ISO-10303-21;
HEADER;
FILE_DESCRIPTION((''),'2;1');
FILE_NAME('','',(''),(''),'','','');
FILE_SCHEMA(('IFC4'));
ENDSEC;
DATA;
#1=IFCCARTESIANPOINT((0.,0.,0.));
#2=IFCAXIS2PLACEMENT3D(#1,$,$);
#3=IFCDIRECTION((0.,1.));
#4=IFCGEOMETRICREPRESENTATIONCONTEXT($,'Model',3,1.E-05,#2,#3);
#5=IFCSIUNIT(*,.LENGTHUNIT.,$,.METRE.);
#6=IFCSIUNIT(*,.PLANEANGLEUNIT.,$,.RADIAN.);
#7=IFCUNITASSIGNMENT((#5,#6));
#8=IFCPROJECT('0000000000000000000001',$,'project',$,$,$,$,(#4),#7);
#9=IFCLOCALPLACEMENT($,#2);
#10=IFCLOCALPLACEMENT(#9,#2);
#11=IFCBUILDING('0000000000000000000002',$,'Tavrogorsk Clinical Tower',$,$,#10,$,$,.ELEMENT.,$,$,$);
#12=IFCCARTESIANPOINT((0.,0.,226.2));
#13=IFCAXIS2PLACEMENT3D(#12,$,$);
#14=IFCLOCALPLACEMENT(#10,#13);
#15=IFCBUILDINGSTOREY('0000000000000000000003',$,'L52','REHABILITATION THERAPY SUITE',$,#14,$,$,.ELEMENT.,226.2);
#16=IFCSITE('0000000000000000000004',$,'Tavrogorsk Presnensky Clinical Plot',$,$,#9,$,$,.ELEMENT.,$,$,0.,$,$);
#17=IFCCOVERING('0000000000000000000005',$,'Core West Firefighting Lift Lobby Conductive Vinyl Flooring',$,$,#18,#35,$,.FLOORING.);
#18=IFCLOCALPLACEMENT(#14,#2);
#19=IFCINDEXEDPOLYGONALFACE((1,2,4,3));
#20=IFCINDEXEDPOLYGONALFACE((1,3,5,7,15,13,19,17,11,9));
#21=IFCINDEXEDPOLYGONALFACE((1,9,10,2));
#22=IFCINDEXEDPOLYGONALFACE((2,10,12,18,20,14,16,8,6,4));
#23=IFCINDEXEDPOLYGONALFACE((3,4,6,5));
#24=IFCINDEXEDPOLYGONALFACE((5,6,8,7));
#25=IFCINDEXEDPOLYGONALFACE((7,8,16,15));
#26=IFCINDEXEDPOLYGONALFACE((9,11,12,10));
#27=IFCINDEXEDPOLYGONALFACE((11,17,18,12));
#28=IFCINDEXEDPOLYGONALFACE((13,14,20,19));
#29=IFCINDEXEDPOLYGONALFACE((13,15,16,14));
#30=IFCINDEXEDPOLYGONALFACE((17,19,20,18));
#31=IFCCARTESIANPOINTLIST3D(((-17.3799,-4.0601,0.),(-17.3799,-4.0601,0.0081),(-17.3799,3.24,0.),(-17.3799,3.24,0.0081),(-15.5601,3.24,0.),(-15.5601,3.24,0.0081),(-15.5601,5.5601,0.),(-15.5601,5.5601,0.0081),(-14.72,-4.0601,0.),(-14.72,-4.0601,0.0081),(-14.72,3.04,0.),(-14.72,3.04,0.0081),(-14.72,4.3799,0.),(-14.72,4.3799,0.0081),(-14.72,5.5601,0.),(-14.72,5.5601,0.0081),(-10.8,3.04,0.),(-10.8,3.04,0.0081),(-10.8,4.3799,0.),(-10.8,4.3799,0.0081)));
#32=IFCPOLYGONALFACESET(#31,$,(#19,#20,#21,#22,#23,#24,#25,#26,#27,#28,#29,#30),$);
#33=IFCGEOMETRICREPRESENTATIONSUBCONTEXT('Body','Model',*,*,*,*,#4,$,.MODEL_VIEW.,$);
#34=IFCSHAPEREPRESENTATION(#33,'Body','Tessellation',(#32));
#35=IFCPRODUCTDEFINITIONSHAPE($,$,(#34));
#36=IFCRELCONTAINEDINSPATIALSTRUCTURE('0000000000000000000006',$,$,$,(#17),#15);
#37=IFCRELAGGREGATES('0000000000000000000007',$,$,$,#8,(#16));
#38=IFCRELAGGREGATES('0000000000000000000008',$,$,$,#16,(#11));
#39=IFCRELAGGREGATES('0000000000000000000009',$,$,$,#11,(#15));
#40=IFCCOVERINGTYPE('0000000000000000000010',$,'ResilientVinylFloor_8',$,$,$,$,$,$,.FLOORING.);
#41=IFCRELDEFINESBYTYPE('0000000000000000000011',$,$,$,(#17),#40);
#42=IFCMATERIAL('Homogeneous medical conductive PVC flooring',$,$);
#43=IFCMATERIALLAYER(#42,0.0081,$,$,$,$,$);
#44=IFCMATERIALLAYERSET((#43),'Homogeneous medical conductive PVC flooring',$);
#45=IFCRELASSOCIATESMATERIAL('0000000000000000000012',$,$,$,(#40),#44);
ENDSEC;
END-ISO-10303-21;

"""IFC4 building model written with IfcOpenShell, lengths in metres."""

from ifc_helpers import new_model, si_unit, direction, frame, origin, place, context, subcontext, project, spatial, polyline, outline, extrude, material, layer, layer_set, type_object, element, save


model = new_model("IFC4")

# Units and contexts
model_context = context("Model", 3, precision=1e-05, world=origin(), true_north=direction((0.0, 1.0)))
body_context = subcontext(model_context, "Body", "Model", "MODEL_VIEW")
ifc_project = project(units=[si_unit("LENGTHUNIT", "METRE"), si_unit("PLANEANGLEUNIT", "RADIAN")], contexts=[model_context])

# Site, building, storey
site_placement = place(None, origin())
site = spatial("IfcSite", under=ifc_project, at=site_placement, Name="Tavrogorsk Presnensky Clinical Plot", CompositionType="ELEMENT", RefElevation=0.0)
building_placement = place(site_placement, origin())
building = spatial("IfcBuilding", under=site, at=building_placement, Name="Tavrogorsk Clinical Tower", CompositionType="ELEMENT")
storey_placement = place(building_placement, frame((0.0, 0.0, 226.2)))
storey = spatial("IfcBuildingStorey", under=building, at=storey_placement, Name="L52", Description="REHABILITATION THERAPY SUITE", CompositionType="ELEMENT", Elevation=226.2)

# Covering
ifc_material_1 = material(Name="Homogeneous medical conductive PVC flooring")
ifc_layer_1 = layer(ifc_material_1, 0.0081)
ifc_layer_set_1 = layer_set([ifc_layer_1], Name="Homogeneous medical conductive PVC flooring")
covering_type_1 = type_object("IfcCoveringType", Name="ResilientVinylFloor_8", PredefinedType="FLOORING", material=ifc_layer_set_1)
covering_1_placement = place(storey_placement, origin())
element("IfcCovering", 1, at=covering_1_placement, inside=storey, type_object=covering_type_1, Name="Core West Firefighting Lift Lobby Conductive Vinyl Flooring", PredefinedType="FLOORING", context=body_context, shape_type="SweptSolid", body=[
    extrude(outline(polyline([(-14.72, 4.3799), (-10.8, 4.3799), (-10.8, 3.04), (-14.72, 3.04), (-14.72, -4.0601), (-17.3799, -4.0601), (-17.3799, 3.24), (-15.5601, 3.24), (-15.5601, 5.5601), (-14.72, 5.5601), (-14.72, 4.3799)])), origin(), (0.0, 0.0, 1.0), 0.0081),
])

save(model, "model.ifc")
